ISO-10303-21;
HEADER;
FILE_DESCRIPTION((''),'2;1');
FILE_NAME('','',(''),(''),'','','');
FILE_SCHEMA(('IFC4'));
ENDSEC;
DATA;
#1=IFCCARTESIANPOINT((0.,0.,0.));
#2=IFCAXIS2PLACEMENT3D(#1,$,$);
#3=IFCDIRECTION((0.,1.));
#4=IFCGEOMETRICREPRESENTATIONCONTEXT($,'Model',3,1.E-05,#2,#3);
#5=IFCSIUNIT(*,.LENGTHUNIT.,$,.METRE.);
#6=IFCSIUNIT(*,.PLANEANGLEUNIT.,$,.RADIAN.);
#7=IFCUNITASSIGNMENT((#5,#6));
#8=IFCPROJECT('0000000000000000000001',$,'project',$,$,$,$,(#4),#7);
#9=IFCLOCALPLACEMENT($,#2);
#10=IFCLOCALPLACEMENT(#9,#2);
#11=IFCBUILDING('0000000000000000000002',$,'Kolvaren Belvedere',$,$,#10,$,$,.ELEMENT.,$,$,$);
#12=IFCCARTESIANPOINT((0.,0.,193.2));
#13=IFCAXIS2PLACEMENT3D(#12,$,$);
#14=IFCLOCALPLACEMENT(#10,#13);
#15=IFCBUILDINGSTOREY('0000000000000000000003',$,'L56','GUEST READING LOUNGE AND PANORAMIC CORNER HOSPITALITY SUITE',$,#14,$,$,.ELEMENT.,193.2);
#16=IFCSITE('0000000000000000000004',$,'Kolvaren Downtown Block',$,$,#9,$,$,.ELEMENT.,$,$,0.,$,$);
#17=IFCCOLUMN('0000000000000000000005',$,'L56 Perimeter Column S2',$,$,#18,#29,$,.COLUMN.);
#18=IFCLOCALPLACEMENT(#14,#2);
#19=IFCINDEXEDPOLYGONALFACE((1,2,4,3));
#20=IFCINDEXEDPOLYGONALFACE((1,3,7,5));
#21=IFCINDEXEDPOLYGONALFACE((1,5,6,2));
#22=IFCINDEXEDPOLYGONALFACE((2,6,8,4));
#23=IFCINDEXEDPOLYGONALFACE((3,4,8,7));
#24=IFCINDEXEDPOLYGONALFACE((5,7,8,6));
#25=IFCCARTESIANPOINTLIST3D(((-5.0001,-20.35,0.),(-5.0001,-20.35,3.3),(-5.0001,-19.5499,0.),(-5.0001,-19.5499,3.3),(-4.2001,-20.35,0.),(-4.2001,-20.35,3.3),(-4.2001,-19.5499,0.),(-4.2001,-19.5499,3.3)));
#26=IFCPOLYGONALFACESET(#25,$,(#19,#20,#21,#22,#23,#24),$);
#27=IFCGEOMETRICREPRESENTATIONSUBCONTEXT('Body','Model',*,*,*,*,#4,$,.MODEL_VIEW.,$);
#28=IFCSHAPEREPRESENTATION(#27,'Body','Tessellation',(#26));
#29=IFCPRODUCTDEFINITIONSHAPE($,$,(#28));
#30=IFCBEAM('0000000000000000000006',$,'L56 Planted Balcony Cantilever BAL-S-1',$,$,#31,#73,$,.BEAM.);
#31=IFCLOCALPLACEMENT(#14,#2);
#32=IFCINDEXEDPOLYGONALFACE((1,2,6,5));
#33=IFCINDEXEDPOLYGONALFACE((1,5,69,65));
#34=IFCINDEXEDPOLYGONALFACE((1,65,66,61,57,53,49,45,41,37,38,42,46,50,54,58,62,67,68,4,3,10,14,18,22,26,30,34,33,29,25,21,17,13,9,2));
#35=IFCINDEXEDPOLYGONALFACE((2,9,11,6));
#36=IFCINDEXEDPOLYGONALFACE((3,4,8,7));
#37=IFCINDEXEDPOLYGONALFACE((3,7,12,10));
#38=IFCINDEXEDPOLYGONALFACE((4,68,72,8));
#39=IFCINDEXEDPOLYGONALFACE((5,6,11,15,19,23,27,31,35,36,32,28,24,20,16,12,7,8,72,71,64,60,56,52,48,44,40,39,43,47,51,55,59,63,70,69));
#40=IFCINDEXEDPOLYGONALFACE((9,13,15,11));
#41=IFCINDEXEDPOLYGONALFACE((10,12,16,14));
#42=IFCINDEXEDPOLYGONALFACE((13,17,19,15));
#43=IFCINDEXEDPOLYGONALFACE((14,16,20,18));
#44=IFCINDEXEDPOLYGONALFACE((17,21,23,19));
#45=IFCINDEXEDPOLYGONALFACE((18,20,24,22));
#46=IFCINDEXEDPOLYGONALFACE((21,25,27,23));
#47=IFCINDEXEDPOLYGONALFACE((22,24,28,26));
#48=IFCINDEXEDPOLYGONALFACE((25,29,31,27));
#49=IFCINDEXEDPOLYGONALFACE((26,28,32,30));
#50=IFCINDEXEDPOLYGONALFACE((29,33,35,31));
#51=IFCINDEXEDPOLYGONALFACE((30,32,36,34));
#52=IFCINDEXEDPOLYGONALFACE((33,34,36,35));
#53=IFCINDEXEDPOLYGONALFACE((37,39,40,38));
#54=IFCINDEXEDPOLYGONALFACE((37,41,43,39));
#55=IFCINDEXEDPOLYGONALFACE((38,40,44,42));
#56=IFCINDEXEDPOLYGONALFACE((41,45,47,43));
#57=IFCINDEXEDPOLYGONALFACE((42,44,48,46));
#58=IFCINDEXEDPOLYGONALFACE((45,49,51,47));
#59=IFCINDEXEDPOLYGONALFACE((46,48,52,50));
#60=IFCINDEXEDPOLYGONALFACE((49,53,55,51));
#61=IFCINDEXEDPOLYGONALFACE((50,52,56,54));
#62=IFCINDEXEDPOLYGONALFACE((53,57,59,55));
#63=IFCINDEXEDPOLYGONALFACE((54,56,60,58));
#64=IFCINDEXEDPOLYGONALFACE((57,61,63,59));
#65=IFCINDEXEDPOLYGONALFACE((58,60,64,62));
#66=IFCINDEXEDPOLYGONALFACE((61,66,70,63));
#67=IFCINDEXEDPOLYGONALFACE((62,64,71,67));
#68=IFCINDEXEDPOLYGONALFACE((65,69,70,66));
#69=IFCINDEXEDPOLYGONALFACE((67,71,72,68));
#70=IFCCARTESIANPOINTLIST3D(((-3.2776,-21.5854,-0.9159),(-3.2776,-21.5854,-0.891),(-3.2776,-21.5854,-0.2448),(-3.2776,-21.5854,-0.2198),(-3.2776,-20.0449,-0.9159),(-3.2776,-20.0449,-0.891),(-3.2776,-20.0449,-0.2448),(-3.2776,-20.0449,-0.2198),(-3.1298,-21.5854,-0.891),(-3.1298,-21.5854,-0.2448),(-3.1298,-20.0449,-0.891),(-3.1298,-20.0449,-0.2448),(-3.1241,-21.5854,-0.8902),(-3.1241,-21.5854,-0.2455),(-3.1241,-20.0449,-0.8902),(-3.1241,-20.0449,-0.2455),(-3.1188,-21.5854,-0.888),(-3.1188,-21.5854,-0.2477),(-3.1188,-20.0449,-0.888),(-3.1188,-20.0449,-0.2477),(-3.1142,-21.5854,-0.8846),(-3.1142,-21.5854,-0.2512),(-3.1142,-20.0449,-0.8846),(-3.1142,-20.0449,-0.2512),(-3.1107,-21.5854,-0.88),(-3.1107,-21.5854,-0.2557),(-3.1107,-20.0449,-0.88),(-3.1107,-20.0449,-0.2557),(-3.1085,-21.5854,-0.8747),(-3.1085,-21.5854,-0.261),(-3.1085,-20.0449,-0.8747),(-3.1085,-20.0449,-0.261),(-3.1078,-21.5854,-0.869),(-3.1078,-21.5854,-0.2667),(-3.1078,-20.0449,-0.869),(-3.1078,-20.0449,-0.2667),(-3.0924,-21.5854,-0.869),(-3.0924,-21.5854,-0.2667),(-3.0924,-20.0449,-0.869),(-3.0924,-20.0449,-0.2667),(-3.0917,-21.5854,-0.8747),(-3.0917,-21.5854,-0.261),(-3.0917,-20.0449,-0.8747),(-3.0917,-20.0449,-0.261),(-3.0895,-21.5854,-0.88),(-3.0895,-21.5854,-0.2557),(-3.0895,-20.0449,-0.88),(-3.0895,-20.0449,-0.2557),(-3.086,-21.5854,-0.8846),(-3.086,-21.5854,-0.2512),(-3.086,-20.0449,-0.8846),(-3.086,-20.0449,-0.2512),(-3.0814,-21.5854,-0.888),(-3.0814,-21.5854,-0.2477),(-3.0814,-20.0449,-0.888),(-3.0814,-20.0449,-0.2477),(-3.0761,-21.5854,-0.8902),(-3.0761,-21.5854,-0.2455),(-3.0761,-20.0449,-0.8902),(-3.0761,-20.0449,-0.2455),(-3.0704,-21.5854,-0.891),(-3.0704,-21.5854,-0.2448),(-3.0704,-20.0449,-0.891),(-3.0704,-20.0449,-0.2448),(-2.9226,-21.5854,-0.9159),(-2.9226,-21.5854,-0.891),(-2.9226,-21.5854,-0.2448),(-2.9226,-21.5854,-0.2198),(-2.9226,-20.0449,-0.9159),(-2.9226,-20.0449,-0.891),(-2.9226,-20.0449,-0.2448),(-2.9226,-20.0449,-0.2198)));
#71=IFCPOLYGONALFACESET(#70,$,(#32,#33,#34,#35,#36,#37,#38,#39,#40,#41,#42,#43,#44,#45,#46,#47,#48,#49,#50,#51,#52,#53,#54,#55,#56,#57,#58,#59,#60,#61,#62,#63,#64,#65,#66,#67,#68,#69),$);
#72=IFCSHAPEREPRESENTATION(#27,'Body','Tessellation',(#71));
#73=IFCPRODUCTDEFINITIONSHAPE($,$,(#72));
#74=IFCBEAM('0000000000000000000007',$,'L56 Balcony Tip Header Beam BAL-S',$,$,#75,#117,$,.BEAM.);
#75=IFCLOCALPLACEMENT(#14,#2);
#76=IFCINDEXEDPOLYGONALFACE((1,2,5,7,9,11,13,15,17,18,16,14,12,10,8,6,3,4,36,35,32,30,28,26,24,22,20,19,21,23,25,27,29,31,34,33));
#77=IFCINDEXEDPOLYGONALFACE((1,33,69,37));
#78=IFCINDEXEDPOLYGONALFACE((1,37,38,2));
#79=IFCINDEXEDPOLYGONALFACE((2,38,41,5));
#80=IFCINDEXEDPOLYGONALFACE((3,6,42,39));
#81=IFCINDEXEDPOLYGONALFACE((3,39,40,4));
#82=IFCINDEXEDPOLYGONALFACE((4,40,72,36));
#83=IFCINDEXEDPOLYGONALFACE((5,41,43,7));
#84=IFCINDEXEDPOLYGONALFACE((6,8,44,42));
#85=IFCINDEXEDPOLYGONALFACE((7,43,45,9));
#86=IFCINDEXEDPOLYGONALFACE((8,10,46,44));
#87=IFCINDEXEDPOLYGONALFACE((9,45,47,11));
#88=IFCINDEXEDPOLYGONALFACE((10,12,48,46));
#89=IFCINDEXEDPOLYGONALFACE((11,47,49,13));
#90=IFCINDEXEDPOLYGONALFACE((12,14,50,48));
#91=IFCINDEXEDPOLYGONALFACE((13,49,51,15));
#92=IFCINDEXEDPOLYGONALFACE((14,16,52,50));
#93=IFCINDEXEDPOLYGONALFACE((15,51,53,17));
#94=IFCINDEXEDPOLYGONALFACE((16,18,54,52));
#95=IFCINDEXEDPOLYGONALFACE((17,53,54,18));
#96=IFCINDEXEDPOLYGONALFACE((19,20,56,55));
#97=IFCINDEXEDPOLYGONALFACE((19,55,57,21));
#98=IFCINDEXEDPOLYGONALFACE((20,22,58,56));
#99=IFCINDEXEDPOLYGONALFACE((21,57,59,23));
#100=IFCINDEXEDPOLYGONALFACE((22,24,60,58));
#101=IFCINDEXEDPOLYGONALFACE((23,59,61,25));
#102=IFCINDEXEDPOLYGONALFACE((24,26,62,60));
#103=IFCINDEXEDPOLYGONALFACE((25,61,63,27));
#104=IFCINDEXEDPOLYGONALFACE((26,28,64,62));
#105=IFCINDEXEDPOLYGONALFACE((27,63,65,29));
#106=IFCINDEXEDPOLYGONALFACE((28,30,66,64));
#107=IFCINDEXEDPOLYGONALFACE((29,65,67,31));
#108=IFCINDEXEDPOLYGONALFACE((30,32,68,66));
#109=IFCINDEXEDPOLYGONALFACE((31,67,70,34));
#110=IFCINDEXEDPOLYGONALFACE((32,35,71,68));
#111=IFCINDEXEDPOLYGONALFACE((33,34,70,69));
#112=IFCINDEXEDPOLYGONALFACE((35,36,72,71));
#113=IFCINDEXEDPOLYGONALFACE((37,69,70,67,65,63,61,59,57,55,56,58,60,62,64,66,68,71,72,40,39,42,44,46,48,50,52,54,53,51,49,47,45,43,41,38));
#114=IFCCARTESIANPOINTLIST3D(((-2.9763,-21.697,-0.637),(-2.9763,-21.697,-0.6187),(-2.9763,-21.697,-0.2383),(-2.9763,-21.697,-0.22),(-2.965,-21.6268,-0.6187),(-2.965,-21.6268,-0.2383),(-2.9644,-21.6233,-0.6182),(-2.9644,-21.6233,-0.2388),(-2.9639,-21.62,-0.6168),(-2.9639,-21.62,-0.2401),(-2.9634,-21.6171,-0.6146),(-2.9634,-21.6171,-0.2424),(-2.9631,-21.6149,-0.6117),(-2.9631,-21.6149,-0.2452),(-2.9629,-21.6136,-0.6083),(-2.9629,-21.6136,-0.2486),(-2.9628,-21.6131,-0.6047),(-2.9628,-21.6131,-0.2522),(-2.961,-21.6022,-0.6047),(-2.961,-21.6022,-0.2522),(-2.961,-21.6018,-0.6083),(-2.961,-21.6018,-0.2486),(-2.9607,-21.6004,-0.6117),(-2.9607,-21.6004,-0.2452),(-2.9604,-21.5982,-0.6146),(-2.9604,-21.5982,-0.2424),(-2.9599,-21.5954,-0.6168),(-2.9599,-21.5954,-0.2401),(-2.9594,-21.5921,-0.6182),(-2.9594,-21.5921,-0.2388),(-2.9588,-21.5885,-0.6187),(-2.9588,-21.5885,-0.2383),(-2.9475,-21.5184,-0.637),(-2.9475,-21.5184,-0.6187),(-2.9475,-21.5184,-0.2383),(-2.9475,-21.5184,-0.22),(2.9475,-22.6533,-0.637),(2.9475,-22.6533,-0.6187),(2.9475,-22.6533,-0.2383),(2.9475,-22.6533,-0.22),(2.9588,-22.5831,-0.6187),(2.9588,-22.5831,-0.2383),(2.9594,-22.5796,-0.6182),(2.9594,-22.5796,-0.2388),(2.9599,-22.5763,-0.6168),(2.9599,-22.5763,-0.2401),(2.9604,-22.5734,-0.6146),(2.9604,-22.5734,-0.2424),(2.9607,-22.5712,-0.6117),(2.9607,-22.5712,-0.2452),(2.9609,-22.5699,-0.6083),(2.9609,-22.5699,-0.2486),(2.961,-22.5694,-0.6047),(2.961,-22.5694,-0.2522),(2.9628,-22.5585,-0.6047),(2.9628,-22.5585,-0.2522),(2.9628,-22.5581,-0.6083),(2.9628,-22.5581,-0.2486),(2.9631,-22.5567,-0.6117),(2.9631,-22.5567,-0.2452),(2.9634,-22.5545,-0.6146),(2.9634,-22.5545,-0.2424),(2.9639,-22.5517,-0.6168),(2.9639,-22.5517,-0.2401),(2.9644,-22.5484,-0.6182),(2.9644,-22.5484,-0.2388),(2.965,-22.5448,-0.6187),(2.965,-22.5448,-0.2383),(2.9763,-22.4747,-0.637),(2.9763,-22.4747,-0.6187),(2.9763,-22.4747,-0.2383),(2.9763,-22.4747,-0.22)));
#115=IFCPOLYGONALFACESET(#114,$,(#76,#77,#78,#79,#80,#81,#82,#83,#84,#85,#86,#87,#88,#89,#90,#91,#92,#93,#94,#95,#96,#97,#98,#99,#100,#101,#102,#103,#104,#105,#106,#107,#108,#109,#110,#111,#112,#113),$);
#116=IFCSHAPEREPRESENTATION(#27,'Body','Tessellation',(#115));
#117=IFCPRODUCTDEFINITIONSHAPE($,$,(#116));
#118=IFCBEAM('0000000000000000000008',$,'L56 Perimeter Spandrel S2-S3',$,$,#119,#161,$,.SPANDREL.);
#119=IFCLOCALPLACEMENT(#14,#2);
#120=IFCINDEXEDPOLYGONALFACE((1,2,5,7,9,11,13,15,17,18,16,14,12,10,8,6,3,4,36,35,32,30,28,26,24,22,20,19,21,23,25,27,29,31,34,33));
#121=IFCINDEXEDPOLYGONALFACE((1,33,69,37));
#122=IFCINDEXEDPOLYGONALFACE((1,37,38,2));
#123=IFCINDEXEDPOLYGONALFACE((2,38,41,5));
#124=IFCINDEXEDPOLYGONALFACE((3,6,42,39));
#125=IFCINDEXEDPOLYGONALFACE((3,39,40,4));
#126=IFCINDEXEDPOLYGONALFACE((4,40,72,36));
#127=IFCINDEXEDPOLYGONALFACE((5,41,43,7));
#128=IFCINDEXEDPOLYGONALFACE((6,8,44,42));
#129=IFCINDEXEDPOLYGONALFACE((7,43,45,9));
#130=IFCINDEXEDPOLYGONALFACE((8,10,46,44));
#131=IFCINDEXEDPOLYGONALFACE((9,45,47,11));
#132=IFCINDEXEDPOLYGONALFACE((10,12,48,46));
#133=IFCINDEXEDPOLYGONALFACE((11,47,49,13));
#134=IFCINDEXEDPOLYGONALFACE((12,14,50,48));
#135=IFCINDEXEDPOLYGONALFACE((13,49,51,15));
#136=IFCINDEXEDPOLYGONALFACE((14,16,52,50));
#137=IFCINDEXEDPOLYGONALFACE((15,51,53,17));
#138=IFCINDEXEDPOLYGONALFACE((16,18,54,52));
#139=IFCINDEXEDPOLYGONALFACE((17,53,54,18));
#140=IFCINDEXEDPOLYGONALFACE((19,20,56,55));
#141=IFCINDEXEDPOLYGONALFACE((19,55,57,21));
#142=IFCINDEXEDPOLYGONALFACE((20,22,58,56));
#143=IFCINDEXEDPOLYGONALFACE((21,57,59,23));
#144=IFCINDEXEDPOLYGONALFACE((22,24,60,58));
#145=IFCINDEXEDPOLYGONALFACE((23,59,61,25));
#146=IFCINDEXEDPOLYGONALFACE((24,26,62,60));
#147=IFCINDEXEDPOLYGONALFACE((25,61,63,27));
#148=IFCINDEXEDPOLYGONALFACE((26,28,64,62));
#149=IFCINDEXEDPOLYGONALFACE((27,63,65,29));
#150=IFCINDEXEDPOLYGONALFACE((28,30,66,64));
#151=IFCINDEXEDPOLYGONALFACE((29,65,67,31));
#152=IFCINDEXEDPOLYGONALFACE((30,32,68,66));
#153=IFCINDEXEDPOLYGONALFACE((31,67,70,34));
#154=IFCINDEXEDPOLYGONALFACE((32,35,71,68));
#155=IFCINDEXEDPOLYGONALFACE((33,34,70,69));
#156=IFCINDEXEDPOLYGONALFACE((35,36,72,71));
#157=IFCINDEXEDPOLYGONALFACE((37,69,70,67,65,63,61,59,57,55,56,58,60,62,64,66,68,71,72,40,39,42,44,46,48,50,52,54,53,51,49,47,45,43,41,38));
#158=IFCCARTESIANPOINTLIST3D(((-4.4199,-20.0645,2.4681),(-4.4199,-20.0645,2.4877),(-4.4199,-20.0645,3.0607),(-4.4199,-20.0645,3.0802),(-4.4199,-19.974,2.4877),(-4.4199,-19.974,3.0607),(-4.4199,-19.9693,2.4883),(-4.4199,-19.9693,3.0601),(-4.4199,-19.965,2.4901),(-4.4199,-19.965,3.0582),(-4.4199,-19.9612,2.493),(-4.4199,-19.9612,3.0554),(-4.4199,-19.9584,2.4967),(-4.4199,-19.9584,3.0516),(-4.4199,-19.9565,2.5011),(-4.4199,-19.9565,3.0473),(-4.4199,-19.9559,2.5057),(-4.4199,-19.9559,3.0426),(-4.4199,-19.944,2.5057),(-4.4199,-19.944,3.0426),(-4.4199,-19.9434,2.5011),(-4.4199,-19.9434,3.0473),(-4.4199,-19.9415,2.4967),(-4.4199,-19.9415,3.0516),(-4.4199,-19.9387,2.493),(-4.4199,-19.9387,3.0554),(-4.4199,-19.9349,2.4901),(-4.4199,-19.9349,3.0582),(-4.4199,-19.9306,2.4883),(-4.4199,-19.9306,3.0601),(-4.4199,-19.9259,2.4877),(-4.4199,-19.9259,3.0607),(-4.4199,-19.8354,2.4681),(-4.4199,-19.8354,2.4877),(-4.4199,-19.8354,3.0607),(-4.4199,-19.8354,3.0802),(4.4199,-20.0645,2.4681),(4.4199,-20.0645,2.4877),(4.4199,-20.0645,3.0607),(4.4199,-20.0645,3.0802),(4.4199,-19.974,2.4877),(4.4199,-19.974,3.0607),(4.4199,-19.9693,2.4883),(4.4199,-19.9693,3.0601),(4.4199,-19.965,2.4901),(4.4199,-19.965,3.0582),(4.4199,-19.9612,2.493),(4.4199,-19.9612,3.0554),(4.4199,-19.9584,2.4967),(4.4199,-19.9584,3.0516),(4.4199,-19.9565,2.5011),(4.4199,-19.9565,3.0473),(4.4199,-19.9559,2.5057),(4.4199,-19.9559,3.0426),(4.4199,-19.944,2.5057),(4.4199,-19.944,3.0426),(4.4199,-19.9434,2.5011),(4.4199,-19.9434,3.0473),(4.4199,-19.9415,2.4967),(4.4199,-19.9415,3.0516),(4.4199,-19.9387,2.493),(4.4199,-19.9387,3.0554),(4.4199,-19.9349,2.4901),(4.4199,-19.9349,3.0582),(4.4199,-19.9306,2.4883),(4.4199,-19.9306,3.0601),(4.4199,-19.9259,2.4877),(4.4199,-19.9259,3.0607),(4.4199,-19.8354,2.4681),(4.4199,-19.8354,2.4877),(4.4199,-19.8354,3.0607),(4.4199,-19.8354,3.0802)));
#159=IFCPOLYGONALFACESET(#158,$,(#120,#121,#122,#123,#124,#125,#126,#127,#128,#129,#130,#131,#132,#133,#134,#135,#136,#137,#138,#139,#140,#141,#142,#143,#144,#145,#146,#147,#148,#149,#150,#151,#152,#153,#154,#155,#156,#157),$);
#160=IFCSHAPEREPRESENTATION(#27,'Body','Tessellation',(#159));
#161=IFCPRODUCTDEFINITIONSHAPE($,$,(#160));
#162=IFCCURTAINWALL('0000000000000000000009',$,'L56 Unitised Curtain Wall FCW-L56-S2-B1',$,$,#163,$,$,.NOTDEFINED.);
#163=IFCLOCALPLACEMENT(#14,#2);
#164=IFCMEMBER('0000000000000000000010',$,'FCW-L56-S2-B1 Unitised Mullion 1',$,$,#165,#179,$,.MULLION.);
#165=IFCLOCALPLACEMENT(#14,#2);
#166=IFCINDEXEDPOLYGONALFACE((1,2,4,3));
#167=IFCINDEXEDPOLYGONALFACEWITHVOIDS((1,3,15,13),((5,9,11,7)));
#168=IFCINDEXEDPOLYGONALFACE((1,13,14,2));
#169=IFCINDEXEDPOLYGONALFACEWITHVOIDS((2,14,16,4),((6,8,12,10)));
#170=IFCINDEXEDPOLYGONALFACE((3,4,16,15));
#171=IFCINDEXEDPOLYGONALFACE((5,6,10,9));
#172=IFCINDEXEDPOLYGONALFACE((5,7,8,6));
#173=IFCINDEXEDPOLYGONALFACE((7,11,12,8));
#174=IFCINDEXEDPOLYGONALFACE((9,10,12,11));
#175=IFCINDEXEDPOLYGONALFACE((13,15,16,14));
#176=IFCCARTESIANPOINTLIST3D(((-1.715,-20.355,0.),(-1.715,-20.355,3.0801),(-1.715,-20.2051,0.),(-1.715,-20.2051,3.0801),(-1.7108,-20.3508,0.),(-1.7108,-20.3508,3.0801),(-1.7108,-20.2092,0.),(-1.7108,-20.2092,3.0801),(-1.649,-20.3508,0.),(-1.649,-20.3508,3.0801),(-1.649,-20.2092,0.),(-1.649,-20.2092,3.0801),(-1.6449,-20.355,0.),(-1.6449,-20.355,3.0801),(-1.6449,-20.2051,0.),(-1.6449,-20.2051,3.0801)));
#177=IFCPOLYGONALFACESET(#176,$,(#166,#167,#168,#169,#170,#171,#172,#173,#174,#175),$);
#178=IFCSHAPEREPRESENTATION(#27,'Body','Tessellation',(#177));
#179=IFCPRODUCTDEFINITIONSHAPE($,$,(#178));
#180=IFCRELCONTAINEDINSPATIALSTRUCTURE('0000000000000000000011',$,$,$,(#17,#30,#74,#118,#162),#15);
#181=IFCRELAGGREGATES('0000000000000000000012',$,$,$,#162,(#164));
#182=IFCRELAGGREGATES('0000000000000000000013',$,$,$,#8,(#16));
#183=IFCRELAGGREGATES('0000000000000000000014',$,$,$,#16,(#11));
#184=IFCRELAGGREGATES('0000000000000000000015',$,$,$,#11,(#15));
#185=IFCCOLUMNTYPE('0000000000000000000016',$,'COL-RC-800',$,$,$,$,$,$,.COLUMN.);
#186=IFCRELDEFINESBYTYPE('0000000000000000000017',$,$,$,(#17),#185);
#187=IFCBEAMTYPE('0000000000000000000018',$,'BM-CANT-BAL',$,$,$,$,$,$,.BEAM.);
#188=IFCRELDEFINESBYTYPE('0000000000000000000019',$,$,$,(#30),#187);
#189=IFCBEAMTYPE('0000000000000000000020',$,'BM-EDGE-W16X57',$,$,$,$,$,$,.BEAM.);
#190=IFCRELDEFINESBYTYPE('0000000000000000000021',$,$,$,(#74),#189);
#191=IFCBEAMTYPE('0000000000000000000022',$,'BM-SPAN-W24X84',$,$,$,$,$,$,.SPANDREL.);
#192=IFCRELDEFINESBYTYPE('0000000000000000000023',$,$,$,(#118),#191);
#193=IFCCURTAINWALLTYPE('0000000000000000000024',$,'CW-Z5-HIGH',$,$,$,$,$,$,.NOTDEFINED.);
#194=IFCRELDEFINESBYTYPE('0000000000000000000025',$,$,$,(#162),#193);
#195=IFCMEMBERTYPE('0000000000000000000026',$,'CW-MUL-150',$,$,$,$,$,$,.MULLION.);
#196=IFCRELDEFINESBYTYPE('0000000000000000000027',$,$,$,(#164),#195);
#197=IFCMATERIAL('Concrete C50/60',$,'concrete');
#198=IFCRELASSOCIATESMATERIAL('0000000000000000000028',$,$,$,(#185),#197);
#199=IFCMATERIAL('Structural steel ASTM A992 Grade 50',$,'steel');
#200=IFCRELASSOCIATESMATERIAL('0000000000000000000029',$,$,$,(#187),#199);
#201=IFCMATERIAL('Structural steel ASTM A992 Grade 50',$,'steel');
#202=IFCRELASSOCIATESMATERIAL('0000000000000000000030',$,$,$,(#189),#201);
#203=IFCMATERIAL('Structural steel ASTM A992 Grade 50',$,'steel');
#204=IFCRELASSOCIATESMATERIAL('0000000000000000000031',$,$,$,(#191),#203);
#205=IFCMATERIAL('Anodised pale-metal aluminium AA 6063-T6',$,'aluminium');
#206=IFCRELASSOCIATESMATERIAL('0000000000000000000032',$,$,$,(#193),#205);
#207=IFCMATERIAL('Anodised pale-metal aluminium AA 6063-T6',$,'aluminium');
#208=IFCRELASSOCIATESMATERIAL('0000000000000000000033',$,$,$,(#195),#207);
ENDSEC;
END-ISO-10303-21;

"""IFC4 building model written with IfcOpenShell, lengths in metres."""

from ifc_helpers import new_model, si_unit, direction, frame, origin, origin_2d, place, context, subcontext, project, spatial, rectangle, hollow_rectangle, i_section, extrude, material, material_profile, profile_set, type_object, element, aggregate, save


model = new_model("IFC4")

# Units and contexts
model_context = context("Model", 3, precision=1e-05, world=origin(), true_north=direction((0.0, 1.0)))
body_context = subcontext(model_context, "Body", "Model", "MODEL_VIEW")
ifc_project = project(units=[si_unit("LENGTHUNIT", "METRE"), si_unit("PLANEANGLEUNIT", "RADIAN")], contexts=[model_context])

# Site, building, storey
site_placement = place(None, origin())
site = spatial("IfcSite", under=ifc_project, at=site_placement, Name="Kolvaren Downtown Block", CompositionType="ELEMENT", RefElevation=0.0)
building_placement = place(site_placement, origin())
building = spatial("IfcBuilding", under=site, at=building_placement, Name="Kolvaren Belvedere", CompositionType="ELEMENT")
storey_placement = place(building_placement, frame((0.0, 0.0, 193.2)))
storey = spatial("IfcBuildingStorey", under=building, at=storey_placement, Name="L56", Description="GUEST READING LOUNGE AND PANORAMIC CORNER HOSPITALITY SUITE", CompositionType="ELEMENT", Elevation=193.2)

# Column
ifc_material_1 = material(Name="Concrete C50/60", Category="concrete")
ifc_material_profile_1 = material_profile(ifc_material_1, rectangle(XDim=0.8, YDim=0.8, at=origin_2d()), Name="RC 800X800")
ifc_profile_set_1 = profile_set([ifc_material_profile_1], Name="Concrete C50/60")
column_type = type_object("IfcColumnType", Name="COL-RC-800", PredefinedType="COLUMN", material=ifc_profile_set_1)
column_placement = place(storey_placement, frame((-4.6001, -19.95, 0.0), z_axis=(0.0, 0.0, 1.0), x_axis=(1.0, 0.0, 0.0)))
element("IfcColumn", 1, at=column_placement, inside=storey, type_object=column_type, Name="L56 Perimeter Column S2", PredefinedType="COLUMN", context=body_context, shape_type="SweptSolid", body=[
    extrude(rectangle(XDim=0.8, YDim=0.8, at=origin_2d()), origin(), (0.0, 0.0, 1.0), 3.3),
])

# Beams
ifc_material_2 = material(Name="Structural steel ASTM A992 Grade 50", Category="steel")
ifc_material_profile_2 = material_profile(ifc_material_2, i_section(OverallWidth=0.355, OverallDepth=0.696, WebThickness=0.0154, FlangeThickness=0.0249, FilletRadius=0.022, at=origin_2d()), Name="W27X146")
ifc_profile_set_2 = profile_set([ifc_material_profile_2], Name="Structural steel ASTM A992 Grade 50")
beam_type_1 = type_object("IfcBeamType", Name="BM-CANT-BAL", PredefinedType="BEAM", material=ifc_profile_set_2)
beam_1_placement = place(storey_placement, frame((-3.1001, -20.0449, -0.5679), z_axis=(0.0, -1.0, 0.0), x_axis=(1.0, 0.0, 0.0)))
element("IfcBeam", 2, at=beam_1_placement, inside=storey, type_object=beam_type_1, Name="L56 Planted Balcony Cantilever BAL-S-1", PredefinedType="BEAM", context=body_context, shape_type="SweptSolid", body=[
    extrude(i_section(OverallWidth=0.355, OverallDepth=0.696, WebThickness=0.0154, FlangeThickness=0.0249, FilletRadius=0.022, at=origin_2d()), origin(), (0.0, 0.0, 1.0), 1.5405),
])
ifc_material_3 = material(Name="Structural steel ASTM A992 Grade 50", Category="steel")
ifc_material_profile_3 = material_profile(ifc_material_3, i_section(OverallWidth=0.1809, OverallDepth=0.417, WebThickness=0.011, FlangeThickness=0.0183, FilletRadius=0.0139, at=origin_2d()), Name="W16X57")
ifc_profile_set_3 = profile_set([ifc_material_profile_3], Name="Structural steel ASTM A992 Grade 50")
beam_type_2 = type_object("IfcBeamType", Name="BM-EDGE-W16X57", PredefinedType="BEAM", material=ifc_profile_set_3)
beam_2_placement = place(storey_placement, frame((-2.9619, -21.6077, -0.4285), z_axis=(0.987219, -0.159369, 0.0), x_axis=(0.159369, 0.987219, 0.0)))
element("IfcBeam", 3, at=beam_2_placement, inside=storey, type_object=beam_type_2, Name="L56 Balcony Tip Header Beam BAL-S", PredefinedType="BEAM", context=body_context, shape_type="SweptSolid", body=[
    extrude(i_section(OverallWidth=0.1809, OverallDepth=0.417, WebThickness=0.011, FlangeThickness=0.0183, FilletRadius=0.0139, at=origin_2d()), origin(), (0.0, 0.0, 1.0), 6.0005),
])
ifc_material_4 = material(Name="Structural steel ASTM A992 Grade 50", Category="steel")
ifc_material_profile_4 = material_profile(ifc_material_4, i_section(OverallWidth=0.229, OverallDepth=0.6121, WebThickness=0.012, FlangeThickness=0.0195, FilletRadius=0.0181, at=origin_2d()), Name="W24X84")
ifc_profile_set_4 = profile_set([ifc_material_profile_4], Name="Structural steel ASTM A992 Grade 50")
beam_type_3 = type_object("IfcBeamType", Name="BM-SPAN-W24X84", PredefinedType="SPANDREL", material=ifc_profile_set_4)
beam_3_placement = place(storey_placement, frame((-4.4199, -19.95, 2.7742), z_axis=(1.0, 0.0, 0.0), x_axis=(0.0, 1.0, 0.0)))
element("IfcBeam", 4, at=beam_3_placement, inside=storey, type_object=beam_type_3, Name="L56 Perimeter Spandrel S2-S3", PredefinedType="SPANDREL", context=body_context, shape_type="SweptSolid", body=[
    extrude(i_section(OverallWidth=0.229, OverallDepth=0.6121, WebThickness=0.012, FlangeThickness=0.0195, FilletRadius=0.0181, at=origin_2d()), origin(), (0.0, 0.0, 1.0), 8.8398),
])

# Curtain wall, member
ifc_material_5 = material(Name="Anodised pale-metal aluminium AA 6063-T6", Category="aluminium")
curtain_wall_type = type_object("IfcCurtainWallType", Name="CW-Z5-HIGH", PredefinedType="NOTDEFINED", material=ifc_material_5)
curtain_wall_1_placement = place(storey_placement, origin())
curtain_wall_1 = element("IfcCurtainWall", 5, at=curtain_wall_1_placement, inside=storey, type_object=curtain_wall_type, Name="L56 Unitised Curtain Wall FCW-L56-S2-B1", PredefinedType="NOTDEFINED")
ifc_material_6 = material(Name="Anodised pale-metal aluminium AA 6063-T6", Category="aluminium")
ifc_material_profile_5 = material_profile(ifc_material_6, hollow_rectangle(XDim=0.0701, YDim=0.1499, WallThickness=0.0042, at=origin_2d()), Name="ALU-MUL-150X70")
ifc_profile_set_5 = profile_set([ifc_material_profile_5], Name="Anodised pale-metal aluminium AA 6063-T6")
member_type_1 = type_object("IfcMemberType", Name="CW-MUL-150", PredefinedType="MULLION", material=ifc_profile_set_5)
member_1_placement = place(storey_placement, frame((-1.6799, -20.28, 0.0), z_axis=(0.0, 0.0, 1.0), x_axis=(1.0, 0.0, 0.0)))
member_1 = element("IfcMember", 6, at=member_1_placement, type_object=member_type_1, Name="FCW-L56-S2-B1 Unitised Mullion 1", PredefinedType="MULLION", context=body_context, shape_type="SweptSolid", body=[
    extrude(hollow_rectangle(XDim=0.0701, YDim=0.1499, WallThickness=0.0042, at=origin_2d()), origin(), (0.0, 0.0, 1.0), 3.0801),
])

aggregate(curtain_wall_1, [member_1])

save(model, "model.ifc")
